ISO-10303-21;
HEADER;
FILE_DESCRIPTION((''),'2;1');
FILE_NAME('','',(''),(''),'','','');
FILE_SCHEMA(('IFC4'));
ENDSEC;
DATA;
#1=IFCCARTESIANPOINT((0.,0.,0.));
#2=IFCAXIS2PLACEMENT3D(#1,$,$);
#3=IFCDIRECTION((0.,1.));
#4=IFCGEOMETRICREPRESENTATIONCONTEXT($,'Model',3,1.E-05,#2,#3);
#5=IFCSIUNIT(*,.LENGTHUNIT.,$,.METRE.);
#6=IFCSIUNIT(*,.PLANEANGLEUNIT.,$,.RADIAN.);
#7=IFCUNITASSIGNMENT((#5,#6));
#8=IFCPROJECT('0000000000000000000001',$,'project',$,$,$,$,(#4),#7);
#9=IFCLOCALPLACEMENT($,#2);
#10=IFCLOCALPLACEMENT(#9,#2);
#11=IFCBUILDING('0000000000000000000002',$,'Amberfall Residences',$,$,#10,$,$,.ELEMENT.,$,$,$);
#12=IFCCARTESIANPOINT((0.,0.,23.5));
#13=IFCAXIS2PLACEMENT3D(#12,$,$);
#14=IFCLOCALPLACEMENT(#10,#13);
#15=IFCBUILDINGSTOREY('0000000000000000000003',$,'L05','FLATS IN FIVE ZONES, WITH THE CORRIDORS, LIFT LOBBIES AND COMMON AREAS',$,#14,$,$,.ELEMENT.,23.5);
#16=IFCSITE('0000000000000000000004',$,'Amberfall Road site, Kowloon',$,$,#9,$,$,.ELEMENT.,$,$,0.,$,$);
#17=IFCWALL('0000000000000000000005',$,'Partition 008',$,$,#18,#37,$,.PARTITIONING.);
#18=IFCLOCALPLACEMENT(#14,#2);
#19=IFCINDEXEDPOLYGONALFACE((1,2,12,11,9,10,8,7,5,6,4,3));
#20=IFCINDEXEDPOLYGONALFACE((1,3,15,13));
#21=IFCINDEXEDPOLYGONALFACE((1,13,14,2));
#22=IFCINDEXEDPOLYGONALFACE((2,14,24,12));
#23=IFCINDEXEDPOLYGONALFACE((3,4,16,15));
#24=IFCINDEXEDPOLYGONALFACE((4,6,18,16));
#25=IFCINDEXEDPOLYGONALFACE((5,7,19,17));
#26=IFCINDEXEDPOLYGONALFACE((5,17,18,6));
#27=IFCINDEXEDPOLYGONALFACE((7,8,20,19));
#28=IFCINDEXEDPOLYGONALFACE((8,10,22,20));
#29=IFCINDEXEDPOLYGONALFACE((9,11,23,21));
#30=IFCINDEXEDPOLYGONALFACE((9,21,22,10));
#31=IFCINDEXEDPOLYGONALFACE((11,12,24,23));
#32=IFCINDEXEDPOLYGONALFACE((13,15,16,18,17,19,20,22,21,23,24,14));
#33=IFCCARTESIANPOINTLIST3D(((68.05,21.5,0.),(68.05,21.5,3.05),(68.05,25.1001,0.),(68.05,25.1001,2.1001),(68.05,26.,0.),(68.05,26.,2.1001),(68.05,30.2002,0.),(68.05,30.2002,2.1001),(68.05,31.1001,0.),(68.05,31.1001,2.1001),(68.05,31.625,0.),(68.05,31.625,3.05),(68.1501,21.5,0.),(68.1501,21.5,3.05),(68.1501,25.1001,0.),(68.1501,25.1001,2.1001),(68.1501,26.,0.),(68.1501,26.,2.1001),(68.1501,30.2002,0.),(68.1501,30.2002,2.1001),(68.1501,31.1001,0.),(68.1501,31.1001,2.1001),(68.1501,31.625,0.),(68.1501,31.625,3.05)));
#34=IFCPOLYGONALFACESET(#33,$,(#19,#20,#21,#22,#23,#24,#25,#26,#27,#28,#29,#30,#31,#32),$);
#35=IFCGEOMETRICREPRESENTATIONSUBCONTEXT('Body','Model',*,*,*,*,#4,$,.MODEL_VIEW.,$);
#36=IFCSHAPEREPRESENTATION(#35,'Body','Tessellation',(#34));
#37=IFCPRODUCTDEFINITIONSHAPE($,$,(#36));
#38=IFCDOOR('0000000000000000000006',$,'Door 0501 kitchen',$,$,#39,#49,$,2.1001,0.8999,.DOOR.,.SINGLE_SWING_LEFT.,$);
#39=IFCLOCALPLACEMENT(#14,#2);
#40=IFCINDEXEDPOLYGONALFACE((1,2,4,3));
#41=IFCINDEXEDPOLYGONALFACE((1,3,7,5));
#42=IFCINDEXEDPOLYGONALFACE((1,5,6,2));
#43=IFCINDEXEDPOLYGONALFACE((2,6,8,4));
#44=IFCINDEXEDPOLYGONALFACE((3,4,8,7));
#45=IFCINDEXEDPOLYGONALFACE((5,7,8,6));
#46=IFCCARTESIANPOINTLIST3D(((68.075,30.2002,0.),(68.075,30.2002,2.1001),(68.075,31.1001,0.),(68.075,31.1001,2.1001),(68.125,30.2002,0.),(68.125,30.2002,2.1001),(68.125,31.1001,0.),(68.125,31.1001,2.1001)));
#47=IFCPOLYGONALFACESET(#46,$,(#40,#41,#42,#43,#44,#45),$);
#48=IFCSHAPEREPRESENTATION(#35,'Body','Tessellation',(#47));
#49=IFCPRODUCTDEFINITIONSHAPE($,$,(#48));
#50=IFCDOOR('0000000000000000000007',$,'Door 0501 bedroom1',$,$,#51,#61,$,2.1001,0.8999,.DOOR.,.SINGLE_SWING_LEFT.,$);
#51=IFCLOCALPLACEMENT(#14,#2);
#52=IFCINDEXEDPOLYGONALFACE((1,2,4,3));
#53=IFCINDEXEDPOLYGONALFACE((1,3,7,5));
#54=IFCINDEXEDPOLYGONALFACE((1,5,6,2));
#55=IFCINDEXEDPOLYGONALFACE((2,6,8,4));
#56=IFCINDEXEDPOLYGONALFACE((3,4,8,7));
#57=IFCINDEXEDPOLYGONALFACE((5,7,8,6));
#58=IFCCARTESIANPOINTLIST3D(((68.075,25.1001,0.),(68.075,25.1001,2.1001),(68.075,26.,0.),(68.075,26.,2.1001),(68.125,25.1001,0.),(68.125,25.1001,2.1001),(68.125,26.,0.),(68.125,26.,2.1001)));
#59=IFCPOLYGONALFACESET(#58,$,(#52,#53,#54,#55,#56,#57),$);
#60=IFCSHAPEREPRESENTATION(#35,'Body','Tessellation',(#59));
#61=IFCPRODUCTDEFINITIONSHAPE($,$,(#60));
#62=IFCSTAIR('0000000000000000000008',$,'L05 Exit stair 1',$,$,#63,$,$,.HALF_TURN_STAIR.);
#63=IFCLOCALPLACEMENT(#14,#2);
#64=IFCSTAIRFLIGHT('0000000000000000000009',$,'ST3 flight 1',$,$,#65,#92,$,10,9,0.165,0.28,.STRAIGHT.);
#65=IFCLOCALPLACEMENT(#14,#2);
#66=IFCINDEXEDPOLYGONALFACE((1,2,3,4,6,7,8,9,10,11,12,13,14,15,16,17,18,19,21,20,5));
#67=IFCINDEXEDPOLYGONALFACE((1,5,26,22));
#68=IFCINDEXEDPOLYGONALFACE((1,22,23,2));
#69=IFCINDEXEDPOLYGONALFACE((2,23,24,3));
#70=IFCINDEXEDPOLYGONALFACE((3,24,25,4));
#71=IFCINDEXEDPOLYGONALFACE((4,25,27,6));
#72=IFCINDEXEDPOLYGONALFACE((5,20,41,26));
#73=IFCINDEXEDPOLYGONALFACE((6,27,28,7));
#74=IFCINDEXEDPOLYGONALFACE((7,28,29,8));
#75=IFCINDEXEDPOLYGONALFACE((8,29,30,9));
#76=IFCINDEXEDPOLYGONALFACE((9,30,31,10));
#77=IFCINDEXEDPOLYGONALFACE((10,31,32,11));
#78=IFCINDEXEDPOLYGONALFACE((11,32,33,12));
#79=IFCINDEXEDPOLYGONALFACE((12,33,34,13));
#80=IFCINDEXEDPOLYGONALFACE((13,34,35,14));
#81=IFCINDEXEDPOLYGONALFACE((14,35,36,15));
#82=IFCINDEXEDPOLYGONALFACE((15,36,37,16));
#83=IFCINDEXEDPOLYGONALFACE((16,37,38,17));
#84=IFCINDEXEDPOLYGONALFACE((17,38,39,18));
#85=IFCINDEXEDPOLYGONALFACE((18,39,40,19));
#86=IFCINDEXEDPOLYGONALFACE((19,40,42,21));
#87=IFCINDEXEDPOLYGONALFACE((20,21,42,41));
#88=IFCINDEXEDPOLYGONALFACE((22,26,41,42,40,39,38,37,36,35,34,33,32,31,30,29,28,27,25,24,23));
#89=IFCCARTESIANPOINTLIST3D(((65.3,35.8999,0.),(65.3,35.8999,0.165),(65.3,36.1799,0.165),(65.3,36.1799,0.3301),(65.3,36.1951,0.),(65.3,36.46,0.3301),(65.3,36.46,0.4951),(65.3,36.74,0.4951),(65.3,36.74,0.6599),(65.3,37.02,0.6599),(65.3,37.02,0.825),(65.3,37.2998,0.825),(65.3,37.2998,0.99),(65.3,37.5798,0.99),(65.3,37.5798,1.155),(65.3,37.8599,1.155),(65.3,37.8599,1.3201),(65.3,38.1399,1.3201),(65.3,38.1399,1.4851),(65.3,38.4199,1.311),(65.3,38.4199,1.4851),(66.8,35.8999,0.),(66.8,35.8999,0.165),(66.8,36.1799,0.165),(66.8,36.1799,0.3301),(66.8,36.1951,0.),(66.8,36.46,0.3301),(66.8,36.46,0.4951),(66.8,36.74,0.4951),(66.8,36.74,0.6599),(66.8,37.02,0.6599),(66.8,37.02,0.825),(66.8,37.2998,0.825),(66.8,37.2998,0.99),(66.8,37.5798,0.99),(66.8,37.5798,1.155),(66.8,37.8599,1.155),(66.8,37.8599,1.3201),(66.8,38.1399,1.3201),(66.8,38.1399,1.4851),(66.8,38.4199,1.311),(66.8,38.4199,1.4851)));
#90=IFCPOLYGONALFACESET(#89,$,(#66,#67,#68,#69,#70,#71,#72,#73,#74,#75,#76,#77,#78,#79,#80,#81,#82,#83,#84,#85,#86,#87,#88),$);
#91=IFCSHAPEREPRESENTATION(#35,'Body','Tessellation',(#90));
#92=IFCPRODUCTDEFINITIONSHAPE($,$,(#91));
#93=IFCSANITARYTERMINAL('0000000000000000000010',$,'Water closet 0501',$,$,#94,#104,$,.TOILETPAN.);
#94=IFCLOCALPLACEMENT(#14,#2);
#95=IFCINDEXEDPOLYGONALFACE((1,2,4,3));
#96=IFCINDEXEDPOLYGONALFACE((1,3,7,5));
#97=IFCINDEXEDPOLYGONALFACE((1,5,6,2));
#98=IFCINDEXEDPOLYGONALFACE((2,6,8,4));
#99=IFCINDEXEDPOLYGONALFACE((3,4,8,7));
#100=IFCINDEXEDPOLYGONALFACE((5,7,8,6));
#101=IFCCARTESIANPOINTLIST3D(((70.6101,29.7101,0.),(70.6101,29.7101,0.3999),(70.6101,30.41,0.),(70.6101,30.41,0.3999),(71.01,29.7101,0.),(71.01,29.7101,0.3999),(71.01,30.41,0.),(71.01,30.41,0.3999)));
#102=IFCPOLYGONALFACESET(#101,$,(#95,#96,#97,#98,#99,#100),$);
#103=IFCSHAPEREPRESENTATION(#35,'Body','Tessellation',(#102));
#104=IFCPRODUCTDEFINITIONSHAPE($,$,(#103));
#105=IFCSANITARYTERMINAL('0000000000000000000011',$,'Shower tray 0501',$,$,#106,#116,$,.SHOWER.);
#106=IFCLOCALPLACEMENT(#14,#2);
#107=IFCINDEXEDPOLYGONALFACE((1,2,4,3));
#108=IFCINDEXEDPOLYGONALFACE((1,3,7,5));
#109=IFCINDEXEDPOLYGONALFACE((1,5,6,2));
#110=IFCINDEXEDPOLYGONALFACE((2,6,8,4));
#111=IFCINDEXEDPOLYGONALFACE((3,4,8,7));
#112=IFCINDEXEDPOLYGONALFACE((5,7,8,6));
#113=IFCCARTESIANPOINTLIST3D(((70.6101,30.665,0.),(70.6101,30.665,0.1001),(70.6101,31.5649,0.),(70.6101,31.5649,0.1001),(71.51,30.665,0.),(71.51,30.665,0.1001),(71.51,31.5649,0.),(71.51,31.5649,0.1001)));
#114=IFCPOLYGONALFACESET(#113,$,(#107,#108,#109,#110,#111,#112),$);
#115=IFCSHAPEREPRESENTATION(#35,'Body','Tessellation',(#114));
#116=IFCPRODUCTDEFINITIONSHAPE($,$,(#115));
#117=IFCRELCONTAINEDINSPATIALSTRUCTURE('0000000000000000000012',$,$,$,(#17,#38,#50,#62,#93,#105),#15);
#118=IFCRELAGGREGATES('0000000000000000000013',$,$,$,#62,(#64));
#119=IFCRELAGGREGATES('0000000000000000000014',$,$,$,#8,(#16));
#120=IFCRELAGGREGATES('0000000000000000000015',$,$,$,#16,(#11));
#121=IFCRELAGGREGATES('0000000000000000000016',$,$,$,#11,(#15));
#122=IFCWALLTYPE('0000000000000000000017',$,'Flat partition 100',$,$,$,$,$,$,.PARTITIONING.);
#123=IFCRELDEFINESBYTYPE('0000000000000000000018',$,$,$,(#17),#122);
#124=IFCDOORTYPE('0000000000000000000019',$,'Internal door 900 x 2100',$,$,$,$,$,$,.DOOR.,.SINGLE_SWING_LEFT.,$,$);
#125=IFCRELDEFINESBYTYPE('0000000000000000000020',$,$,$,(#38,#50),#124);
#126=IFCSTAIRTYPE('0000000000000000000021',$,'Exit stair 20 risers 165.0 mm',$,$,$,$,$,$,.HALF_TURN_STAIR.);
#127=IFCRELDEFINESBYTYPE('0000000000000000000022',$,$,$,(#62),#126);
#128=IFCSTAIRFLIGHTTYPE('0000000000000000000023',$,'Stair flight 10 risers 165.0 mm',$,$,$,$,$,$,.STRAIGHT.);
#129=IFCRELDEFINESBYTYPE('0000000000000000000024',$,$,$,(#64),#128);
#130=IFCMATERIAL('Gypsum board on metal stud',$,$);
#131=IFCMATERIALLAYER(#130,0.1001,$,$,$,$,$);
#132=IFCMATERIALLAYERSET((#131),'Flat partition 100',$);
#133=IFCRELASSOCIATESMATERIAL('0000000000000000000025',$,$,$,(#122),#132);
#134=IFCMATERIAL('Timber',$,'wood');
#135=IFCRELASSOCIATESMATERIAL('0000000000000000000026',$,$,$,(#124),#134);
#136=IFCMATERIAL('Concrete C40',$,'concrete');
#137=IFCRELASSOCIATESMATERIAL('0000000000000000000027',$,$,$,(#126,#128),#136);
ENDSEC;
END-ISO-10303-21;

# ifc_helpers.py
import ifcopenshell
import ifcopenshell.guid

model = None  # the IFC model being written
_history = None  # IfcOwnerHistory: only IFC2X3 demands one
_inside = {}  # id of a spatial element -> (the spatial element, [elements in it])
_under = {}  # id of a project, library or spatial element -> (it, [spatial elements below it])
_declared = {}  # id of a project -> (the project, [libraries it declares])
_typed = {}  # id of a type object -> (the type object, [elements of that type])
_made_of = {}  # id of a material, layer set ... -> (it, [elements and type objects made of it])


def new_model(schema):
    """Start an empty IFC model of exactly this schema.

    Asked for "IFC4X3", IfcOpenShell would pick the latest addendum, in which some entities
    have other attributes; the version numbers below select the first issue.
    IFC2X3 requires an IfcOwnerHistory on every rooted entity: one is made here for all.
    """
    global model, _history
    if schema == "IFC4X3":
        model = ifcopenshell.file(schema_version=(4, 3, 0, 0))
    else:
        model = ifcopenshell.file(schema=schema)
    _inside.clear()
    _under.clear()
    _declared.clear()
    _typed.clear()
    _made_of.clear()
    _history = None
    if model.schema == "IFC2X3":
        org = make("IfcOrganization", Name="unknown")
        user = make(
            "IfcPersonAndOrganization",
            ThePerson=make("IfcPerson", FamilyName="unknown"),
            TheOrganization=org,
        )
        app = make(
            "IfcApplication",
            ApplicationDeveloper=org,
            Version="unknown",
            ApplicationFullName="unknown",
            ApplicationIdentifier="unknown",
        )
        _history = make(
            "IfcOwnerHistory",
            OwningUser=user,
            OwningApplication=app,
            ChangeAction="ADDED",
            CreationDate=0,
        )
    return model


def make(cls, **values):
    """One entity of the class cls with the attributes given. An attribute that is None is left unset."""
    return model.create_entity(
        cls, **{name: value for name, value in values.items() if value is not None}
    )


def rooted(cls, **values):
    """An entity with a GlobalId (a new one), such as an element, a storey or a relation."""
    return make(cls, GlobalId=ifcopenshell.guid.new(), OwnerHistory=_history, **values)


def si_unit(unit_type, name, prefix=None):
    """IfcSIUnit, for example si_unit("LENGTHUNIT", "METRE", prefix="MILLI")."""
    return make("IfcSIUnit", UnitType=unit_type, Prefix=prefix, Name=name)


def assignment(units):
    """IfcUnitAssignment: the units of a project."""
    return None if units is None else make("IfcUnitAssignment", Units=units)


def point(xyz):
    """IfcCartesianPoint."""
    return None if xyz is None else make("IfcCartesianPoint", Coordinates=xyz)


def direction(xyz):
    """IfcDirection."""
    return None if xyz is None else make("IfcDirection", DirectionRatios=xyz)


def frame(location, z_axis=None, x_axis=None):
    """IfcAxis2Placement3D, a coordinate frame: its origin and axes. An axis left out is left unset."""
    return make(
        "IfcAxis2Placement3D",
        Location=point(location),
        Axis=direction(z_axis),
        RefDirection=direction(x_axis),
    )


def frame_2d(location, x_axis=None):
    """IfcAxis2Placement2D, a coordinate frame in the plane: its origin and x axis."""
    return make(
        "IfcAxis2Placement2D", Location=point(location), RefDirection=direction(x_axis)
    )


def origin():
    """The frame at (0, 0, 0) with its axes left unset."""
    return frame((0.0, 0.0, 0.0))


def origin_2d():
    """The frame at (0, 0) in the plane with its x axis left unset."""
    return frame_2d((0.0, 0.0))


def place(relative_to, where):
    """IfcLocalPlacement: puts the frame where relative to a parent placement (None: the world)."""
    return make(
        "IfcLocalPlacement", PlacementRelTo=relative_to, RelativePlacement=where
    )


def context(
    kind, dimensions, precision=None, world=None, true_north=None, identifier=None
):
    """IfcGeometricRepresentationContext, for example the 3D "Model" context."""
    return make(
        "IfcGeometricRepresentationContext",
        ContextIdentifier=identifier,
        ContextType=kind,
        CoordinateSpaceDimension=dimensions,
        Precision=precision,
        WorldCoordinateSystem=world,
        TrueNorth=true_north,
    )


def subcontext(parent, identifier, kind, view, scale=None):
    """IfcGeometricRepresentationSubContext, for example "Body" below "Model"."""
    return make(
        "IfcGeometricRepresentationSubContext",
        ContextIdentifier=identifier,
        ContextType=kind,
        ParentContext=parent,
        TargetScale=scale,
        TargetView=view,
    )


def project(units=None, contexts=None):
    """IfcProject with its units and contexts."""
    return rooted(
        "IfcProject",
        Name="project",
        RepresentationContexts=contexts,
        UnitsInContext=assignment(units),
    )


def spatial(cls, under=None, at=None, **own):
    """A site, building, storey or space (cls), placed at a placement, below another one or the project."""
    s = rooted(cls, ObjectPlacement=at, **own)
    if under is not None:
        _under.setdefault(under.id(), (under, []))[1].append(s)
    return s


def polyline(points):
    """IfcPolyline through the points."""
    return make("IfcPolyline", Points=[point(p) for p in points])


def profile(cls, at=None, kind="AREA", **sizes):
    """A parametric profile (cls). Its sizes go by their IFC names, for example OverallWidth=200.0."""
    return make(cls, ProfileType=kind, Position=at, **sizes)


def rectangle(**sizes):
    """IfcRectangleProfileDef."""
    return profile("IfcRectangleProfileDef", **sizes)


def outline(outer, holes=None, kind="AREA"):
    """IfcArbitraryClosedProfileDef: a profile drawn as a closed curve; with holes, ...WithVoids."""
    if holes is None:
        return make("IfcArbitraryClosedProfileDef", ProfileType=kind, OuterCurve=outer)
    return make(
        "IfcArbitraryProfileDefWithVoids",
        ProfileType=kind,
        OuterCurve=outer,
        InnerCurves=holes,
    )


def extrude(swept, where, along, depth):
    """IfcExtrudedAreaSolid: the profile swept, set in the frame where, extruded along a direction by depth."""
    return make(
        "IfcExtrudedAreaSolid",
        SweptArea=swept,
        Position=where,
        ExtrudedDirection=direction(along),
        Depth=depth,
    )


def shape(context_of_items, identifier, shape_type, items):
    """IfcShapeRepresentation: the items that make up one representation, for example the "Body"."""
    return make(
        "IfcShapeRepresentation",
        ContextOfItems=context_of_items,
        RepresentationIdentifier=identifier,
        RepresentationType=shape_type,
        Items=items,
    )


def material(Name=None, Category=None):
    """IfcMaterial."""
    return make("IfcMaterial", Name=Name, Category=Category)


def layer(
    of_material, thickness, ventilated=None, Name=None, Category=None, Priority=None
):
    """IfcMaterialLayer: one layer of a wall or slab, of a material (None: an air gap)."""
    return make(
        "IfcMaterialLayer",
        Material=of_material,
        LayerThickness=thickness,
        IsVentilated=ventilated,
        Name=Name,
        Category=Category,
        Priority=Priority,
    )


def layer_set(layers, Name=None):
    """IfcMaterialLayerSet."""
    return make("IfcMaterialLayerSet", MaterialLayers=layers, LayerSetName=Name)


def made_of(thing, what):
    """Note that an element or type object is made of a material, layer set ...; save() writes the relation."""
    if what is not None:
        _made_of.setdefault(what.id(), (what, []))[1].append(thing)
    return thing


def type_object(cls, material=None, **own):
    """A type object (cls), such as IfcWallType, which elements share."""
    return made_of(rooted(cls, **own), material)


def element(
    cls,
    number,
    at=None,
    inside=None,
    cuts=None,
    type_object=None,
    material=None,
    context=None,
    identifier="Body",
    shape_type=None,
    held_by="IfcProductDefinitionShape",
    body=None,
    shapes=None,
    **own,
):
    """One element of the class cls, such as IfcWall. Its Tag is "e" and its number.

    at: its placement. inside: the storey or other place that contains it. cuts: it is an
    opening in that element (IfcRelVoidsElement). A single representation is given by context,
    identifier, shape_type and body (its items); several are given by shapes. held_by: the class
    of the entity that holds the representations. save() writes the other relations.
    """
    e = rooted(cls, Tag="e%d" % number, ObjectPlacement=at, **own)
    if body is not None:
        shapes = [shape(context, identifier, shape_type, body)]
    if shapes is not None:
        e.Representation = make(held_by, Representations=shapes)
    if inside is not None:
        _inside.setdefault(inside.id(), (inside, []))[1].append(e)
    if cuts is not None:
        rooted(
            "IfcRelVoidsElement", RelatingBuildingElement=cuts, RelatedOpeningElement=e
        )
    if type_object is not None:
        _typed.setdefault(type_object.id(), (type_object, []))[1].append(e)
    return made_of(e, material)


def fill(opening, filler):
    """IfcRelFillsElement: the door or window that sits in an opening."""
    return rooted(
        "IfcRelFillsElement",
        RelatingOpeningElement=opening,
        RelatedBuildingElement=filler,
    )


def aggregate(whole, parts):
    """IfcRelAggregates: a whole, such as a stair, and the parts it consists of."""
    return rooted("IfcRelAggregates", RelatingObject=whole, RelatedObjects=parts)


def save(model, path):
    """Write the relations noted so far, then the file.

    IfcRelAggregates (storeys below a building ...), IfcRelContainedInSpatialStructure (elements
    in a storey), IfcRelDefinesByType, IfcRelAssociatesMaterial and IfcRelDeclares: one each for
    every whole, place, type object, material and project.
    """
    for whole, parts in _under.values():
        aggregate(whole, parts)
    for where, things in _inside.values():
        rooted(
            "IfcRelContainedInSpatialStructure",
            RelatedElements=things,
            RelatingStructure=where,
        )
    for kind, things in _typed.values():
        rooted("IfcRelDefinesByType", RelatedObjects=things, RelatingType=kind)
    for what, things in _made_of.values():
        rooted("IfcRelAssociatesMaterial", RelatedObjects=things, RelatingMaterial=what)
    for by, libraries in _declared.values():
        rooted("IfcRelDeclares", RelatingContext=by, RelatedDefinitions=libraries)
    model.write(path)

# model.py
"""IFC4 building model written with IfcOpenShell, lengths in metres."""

from ifc_helpers import new_model, si_unit, direction, frame, frame_2d, origin, origin_2d, place, context, subcontext, project, spatial, polyline, rectangle, outline, extrude, material, layer, layer_set, type_object, element, fill, aggregate, save


model = new_model("IFC4")

# Units and contexts
model_context = context("Model", 3, precision=1e-05, world=origin(), true_north=direction((0.0, 1.0)))
body_context = subcontext(model_context, "Body", "Model", "MODEL_VIEW")
ifc_project = project(units=[si_unit("LENGTHUNIT", "METRE"), si_unit("PLANEANGLEUNIT", "RADIAN")], contexts=[model_context])

# Site, building, storey
site_placement = place(None, origin())
site = spatial("IfcSite", under=ifc_project, at=site_placement, Name="Amberfall Road site, Kowloon", CompositionType="ELEMENT", RefElevation=0.0)
building_placement = place(site_placement, origin())
building = spatial("IfcBuilding", under=site, at=building_placement, Name="Amberfall Residences", CompositionType="ELEMENT")
storey_placement = place(building_placement, frame((0.0, 0.0, 23.5)))
storey = spatial("IfcBuildingStorey", under=building, at=storey_placement, Name="L05", Description="FLATS IN FIVE ZONES, WITH THE CORRIDORS, LIFT LOBBIES AND COMMON AREAS", CompositionType="ELEMENT", Elevation=23.5)

# Wall, openings, doors
ifc_material_1 = material(Name="Gypsum board on metal stud")
ifc_layer_1 = layer(ifc_material_1, 0.1001)
ifc_layer_set_1 = layer_set([ifc_layer_1], Name="Flat partition 100")
wall_type_1 = type_object("IfcWallType", Name="Flat partition 100", PredefinedType="PARTITIONING", material=ifc_layer_set_1)
wall_1_placement = place(storey_placement, frame((68.1001, 31.625, 0.0), z_axis=(0.0, 0.0, 1.0), x_axis=(0.0, -1.0, 0.0)))
wall_1 = element("IfcWall", 1, at=wall_1_placement, inside=storey, type_object=wall_type_1, Name="Partition 008", PredefinedType="PARTITIONING", context=body_context, shape_type="SweptSolid", body=[
    extrude(rectangle(XDim=10.125, YDim=0.1001, at=frame_2d((5.0625, 0.0))), origin(), (0.0, 0.0, 1.0), 3.05),
])
opening_1_placement = place(wall_1_placement, frame((0.5249, 0.0, 0.0)))
opening_1 = element("IfcOpeningElement", 2, at=opening_1_placement, cuts=wall_1, PredefinedType="OPENING", context=body_context, shape_type="SweptSolid", body=[
    extrude(rectangle(XDim=0.8999, YDim=2.1001, at=frame_2d((0.45, 1.05))), frame((0.0, 0.0601, 0.0), z_axis=(0.0, -1.0, 0.0), x_axis=(1.0, 0.0, 0.0)), (0.0, 0.0, 1.0), 0.1201),
])
opening_2_placement = place(wall_1_placement, frame((5.625, 0.0, 0.0)))
opening_2 = element("IfcOpeningElement", 3, at=opening_2_placement, cuts=wall_1, PredefinedType="OPENING", context=body_context, shape_type="SweptSolid", body=[
    extrude(rectangle(XDim=0.8999, YDim=2.1001, at=frame_2d((0.45, 1.05))), frame((0.0, 0.0601, 0.0), z_axis=(0.0, -1.0, 0.0), x_axis=(1.0, 0.0, 0.0)), (0.0, 0.0, 1.0), 0.1201),
])
ifc_material_2 = material(Name="Timber", Category="wood")
door_type_1 = type_object("IfcDoorType", Name="Internal door 900 x 2100", OperationType="SINGLE_SWING_LEFT", PredefinedType="DOOR", material=ifc_material_2)
door_1_placement = place(opening_1_placement, origin())
door_1 = element("IfcDoor", 4, at=door_1_placement, inside=storey, type_object=door_type_1, Name="Door 0501 kitchen", OperationType="SINGLE_SWING_LEFT", OverallHeight=2.1001, OverallWidth=0.8999, PredefinedType="DOOR", context=body_context, shape_type="SweptSolid", body=[
    extrude(rectangle(XDim=0.8999, YDim=2.1001, at=frame_2d((0.45, 1.05))), frame((0.0, 0.0249, 0.0), z_axis=(0.0, -1.0, 0.0), x_axis=(1.0, 0.0, 0.0)), (0.0, 0.0, 1.0), 0.05),
])
fill(opening_1, door_1)
door_2_placement = place(opening_2_placement, origin())
door_2 = element("IfcDoor", 5, at=door_2_placement, inside=storey, type_object=door_type_1, Name="Door 0501 bedroom1", OperationType="SINGLE_SWING_LEFT", OverallHeight=2.1001, OverallWidth=0.8999, PredefinedType="DOOR", context=body_context, shape_type="SweptSolid", body=[
    extrude(rectangle(XDim=0.8999, YDim=2.1001, at=frame_2d((0.45, 1.05))), frame((0.0, 0.0249, 0.0), z_axis=(0.0, -1.0, 0.0), x_axis=(1.0, 0.0, 0.0)), (0.0, 0.0, 1.0), 0.05),
])
fill(opening_2, door_2)

# Stair, stair flight
ifc_material_3 = material(Name="Concrete C40", Category="concrete")
stair_type = type_object("IfcStairType", Name="Exit stair 20 risers 165.0 mm", PredefinedType="HALF_TURN_STAIR", material=ifc_material_3)
stair_placement = place(storey_placement, origin())
stair = element("IfcStair", 6, at=stair_placement, inside=storey, type_object=stair_type, Name="L05 Exit stair 1", PredefinedType="HALF_TURN_STAIR")
stair_flight_type = type_object("IfcStairFlightType", Name="Stair flight 10 risers 165.0 mm", PredefinedType="STRAIGHT", material=ifc_material_3)
stair_flight_placement = place(storey_placement, frame((66.05, 35.8999, 0.0), z_axis=(0.0, 0.0, 1.0), x_axis=(0.0, 1.0, 0.0)))
stair_flight = element("IfcStairFlight", 7, at=stair_flight_placement, type_object=stair_flight_type, Name="ST3 flight 1", NumberOfRisers=10, NumberOfTreads=9, PredefinedType="STRAIGHT", RiserHeight=0.165, TreadLength=0.28, context=body_context, shape_type="SweptSolid", body=[
    extrude(outline(polyline([(0.0, 0.0), (0.0, 0.165), (0.28, 0.165), (0.28, 0.3301), (0.5601, 0.3301), (0.5601, 0.4951), (0.8401, 0.4951), (0.8401, 0.6599), (1.1201, 0.6599), (1.1201, 0.825), (1.3999, 0.825), (1.3999, 0.99), (1.6799, 0.99), (1.6799, 1.155), (1.96, 1.155), (1.96, 1.3201), (2.24, 1.3201), (2.24, 1.4851), (2.52, 1.4851), (2.52, 1.6499), (2.52, 1.311), (0.2952, 0.0), (0.0, 0.0)])), frame((0.0, 0.75, 0.0), z_axis=(0.0, -1.0, 0.0), x_axis=(1.0, 0.0, 0.0)), (0.0, 0.0, 1.0), 1.5),
])
aggregate(stair, [stair_flight])

# Sanitary terminals
sanitary_terminal_1_placement = place(storey_placement, frame((70.8101, 30.0601, 0.0), z_axis=(0.0, 0.0, 1.0), x_axis=(1.0, 0.0, 0.0)))
element("IfcSanitaryTerminal", 8, at=sanitary_terminal_1_placement, inside=storey, Name="Water closet 0501", PredefinedType="TOILETPAN", context=body_context, shape_type="SweptSolid", body=[
    extrude(rectangle(XDim=0.3999, YDim=0.7, at=origin_2d()), origin(), (0.0, 0.0, 1.0), 0.3999),
])
sanitary_terminal_2_placement = place(storey_placement, frame((71.0601, 31.115, 0.0), z_axis=(0.0, 0.0, 1.0), x_axis=(1.0, 0.0, 0.0)))
element("IfcSanitaryTerminal", 9, at=sanitary_terminal_2_placement, inside=storey, Name="Shower tray 0501", PredefinedType="SHOWER", context=body_context, shape_type="SweptSolid", body=[
    extrude(rectangle(XDim=0.8999, YDim=0.8999, at=origin_2d()), origin(), (0.0, 0.0, 1.0), 0.1001),
])

save(model, "model.ifc")
